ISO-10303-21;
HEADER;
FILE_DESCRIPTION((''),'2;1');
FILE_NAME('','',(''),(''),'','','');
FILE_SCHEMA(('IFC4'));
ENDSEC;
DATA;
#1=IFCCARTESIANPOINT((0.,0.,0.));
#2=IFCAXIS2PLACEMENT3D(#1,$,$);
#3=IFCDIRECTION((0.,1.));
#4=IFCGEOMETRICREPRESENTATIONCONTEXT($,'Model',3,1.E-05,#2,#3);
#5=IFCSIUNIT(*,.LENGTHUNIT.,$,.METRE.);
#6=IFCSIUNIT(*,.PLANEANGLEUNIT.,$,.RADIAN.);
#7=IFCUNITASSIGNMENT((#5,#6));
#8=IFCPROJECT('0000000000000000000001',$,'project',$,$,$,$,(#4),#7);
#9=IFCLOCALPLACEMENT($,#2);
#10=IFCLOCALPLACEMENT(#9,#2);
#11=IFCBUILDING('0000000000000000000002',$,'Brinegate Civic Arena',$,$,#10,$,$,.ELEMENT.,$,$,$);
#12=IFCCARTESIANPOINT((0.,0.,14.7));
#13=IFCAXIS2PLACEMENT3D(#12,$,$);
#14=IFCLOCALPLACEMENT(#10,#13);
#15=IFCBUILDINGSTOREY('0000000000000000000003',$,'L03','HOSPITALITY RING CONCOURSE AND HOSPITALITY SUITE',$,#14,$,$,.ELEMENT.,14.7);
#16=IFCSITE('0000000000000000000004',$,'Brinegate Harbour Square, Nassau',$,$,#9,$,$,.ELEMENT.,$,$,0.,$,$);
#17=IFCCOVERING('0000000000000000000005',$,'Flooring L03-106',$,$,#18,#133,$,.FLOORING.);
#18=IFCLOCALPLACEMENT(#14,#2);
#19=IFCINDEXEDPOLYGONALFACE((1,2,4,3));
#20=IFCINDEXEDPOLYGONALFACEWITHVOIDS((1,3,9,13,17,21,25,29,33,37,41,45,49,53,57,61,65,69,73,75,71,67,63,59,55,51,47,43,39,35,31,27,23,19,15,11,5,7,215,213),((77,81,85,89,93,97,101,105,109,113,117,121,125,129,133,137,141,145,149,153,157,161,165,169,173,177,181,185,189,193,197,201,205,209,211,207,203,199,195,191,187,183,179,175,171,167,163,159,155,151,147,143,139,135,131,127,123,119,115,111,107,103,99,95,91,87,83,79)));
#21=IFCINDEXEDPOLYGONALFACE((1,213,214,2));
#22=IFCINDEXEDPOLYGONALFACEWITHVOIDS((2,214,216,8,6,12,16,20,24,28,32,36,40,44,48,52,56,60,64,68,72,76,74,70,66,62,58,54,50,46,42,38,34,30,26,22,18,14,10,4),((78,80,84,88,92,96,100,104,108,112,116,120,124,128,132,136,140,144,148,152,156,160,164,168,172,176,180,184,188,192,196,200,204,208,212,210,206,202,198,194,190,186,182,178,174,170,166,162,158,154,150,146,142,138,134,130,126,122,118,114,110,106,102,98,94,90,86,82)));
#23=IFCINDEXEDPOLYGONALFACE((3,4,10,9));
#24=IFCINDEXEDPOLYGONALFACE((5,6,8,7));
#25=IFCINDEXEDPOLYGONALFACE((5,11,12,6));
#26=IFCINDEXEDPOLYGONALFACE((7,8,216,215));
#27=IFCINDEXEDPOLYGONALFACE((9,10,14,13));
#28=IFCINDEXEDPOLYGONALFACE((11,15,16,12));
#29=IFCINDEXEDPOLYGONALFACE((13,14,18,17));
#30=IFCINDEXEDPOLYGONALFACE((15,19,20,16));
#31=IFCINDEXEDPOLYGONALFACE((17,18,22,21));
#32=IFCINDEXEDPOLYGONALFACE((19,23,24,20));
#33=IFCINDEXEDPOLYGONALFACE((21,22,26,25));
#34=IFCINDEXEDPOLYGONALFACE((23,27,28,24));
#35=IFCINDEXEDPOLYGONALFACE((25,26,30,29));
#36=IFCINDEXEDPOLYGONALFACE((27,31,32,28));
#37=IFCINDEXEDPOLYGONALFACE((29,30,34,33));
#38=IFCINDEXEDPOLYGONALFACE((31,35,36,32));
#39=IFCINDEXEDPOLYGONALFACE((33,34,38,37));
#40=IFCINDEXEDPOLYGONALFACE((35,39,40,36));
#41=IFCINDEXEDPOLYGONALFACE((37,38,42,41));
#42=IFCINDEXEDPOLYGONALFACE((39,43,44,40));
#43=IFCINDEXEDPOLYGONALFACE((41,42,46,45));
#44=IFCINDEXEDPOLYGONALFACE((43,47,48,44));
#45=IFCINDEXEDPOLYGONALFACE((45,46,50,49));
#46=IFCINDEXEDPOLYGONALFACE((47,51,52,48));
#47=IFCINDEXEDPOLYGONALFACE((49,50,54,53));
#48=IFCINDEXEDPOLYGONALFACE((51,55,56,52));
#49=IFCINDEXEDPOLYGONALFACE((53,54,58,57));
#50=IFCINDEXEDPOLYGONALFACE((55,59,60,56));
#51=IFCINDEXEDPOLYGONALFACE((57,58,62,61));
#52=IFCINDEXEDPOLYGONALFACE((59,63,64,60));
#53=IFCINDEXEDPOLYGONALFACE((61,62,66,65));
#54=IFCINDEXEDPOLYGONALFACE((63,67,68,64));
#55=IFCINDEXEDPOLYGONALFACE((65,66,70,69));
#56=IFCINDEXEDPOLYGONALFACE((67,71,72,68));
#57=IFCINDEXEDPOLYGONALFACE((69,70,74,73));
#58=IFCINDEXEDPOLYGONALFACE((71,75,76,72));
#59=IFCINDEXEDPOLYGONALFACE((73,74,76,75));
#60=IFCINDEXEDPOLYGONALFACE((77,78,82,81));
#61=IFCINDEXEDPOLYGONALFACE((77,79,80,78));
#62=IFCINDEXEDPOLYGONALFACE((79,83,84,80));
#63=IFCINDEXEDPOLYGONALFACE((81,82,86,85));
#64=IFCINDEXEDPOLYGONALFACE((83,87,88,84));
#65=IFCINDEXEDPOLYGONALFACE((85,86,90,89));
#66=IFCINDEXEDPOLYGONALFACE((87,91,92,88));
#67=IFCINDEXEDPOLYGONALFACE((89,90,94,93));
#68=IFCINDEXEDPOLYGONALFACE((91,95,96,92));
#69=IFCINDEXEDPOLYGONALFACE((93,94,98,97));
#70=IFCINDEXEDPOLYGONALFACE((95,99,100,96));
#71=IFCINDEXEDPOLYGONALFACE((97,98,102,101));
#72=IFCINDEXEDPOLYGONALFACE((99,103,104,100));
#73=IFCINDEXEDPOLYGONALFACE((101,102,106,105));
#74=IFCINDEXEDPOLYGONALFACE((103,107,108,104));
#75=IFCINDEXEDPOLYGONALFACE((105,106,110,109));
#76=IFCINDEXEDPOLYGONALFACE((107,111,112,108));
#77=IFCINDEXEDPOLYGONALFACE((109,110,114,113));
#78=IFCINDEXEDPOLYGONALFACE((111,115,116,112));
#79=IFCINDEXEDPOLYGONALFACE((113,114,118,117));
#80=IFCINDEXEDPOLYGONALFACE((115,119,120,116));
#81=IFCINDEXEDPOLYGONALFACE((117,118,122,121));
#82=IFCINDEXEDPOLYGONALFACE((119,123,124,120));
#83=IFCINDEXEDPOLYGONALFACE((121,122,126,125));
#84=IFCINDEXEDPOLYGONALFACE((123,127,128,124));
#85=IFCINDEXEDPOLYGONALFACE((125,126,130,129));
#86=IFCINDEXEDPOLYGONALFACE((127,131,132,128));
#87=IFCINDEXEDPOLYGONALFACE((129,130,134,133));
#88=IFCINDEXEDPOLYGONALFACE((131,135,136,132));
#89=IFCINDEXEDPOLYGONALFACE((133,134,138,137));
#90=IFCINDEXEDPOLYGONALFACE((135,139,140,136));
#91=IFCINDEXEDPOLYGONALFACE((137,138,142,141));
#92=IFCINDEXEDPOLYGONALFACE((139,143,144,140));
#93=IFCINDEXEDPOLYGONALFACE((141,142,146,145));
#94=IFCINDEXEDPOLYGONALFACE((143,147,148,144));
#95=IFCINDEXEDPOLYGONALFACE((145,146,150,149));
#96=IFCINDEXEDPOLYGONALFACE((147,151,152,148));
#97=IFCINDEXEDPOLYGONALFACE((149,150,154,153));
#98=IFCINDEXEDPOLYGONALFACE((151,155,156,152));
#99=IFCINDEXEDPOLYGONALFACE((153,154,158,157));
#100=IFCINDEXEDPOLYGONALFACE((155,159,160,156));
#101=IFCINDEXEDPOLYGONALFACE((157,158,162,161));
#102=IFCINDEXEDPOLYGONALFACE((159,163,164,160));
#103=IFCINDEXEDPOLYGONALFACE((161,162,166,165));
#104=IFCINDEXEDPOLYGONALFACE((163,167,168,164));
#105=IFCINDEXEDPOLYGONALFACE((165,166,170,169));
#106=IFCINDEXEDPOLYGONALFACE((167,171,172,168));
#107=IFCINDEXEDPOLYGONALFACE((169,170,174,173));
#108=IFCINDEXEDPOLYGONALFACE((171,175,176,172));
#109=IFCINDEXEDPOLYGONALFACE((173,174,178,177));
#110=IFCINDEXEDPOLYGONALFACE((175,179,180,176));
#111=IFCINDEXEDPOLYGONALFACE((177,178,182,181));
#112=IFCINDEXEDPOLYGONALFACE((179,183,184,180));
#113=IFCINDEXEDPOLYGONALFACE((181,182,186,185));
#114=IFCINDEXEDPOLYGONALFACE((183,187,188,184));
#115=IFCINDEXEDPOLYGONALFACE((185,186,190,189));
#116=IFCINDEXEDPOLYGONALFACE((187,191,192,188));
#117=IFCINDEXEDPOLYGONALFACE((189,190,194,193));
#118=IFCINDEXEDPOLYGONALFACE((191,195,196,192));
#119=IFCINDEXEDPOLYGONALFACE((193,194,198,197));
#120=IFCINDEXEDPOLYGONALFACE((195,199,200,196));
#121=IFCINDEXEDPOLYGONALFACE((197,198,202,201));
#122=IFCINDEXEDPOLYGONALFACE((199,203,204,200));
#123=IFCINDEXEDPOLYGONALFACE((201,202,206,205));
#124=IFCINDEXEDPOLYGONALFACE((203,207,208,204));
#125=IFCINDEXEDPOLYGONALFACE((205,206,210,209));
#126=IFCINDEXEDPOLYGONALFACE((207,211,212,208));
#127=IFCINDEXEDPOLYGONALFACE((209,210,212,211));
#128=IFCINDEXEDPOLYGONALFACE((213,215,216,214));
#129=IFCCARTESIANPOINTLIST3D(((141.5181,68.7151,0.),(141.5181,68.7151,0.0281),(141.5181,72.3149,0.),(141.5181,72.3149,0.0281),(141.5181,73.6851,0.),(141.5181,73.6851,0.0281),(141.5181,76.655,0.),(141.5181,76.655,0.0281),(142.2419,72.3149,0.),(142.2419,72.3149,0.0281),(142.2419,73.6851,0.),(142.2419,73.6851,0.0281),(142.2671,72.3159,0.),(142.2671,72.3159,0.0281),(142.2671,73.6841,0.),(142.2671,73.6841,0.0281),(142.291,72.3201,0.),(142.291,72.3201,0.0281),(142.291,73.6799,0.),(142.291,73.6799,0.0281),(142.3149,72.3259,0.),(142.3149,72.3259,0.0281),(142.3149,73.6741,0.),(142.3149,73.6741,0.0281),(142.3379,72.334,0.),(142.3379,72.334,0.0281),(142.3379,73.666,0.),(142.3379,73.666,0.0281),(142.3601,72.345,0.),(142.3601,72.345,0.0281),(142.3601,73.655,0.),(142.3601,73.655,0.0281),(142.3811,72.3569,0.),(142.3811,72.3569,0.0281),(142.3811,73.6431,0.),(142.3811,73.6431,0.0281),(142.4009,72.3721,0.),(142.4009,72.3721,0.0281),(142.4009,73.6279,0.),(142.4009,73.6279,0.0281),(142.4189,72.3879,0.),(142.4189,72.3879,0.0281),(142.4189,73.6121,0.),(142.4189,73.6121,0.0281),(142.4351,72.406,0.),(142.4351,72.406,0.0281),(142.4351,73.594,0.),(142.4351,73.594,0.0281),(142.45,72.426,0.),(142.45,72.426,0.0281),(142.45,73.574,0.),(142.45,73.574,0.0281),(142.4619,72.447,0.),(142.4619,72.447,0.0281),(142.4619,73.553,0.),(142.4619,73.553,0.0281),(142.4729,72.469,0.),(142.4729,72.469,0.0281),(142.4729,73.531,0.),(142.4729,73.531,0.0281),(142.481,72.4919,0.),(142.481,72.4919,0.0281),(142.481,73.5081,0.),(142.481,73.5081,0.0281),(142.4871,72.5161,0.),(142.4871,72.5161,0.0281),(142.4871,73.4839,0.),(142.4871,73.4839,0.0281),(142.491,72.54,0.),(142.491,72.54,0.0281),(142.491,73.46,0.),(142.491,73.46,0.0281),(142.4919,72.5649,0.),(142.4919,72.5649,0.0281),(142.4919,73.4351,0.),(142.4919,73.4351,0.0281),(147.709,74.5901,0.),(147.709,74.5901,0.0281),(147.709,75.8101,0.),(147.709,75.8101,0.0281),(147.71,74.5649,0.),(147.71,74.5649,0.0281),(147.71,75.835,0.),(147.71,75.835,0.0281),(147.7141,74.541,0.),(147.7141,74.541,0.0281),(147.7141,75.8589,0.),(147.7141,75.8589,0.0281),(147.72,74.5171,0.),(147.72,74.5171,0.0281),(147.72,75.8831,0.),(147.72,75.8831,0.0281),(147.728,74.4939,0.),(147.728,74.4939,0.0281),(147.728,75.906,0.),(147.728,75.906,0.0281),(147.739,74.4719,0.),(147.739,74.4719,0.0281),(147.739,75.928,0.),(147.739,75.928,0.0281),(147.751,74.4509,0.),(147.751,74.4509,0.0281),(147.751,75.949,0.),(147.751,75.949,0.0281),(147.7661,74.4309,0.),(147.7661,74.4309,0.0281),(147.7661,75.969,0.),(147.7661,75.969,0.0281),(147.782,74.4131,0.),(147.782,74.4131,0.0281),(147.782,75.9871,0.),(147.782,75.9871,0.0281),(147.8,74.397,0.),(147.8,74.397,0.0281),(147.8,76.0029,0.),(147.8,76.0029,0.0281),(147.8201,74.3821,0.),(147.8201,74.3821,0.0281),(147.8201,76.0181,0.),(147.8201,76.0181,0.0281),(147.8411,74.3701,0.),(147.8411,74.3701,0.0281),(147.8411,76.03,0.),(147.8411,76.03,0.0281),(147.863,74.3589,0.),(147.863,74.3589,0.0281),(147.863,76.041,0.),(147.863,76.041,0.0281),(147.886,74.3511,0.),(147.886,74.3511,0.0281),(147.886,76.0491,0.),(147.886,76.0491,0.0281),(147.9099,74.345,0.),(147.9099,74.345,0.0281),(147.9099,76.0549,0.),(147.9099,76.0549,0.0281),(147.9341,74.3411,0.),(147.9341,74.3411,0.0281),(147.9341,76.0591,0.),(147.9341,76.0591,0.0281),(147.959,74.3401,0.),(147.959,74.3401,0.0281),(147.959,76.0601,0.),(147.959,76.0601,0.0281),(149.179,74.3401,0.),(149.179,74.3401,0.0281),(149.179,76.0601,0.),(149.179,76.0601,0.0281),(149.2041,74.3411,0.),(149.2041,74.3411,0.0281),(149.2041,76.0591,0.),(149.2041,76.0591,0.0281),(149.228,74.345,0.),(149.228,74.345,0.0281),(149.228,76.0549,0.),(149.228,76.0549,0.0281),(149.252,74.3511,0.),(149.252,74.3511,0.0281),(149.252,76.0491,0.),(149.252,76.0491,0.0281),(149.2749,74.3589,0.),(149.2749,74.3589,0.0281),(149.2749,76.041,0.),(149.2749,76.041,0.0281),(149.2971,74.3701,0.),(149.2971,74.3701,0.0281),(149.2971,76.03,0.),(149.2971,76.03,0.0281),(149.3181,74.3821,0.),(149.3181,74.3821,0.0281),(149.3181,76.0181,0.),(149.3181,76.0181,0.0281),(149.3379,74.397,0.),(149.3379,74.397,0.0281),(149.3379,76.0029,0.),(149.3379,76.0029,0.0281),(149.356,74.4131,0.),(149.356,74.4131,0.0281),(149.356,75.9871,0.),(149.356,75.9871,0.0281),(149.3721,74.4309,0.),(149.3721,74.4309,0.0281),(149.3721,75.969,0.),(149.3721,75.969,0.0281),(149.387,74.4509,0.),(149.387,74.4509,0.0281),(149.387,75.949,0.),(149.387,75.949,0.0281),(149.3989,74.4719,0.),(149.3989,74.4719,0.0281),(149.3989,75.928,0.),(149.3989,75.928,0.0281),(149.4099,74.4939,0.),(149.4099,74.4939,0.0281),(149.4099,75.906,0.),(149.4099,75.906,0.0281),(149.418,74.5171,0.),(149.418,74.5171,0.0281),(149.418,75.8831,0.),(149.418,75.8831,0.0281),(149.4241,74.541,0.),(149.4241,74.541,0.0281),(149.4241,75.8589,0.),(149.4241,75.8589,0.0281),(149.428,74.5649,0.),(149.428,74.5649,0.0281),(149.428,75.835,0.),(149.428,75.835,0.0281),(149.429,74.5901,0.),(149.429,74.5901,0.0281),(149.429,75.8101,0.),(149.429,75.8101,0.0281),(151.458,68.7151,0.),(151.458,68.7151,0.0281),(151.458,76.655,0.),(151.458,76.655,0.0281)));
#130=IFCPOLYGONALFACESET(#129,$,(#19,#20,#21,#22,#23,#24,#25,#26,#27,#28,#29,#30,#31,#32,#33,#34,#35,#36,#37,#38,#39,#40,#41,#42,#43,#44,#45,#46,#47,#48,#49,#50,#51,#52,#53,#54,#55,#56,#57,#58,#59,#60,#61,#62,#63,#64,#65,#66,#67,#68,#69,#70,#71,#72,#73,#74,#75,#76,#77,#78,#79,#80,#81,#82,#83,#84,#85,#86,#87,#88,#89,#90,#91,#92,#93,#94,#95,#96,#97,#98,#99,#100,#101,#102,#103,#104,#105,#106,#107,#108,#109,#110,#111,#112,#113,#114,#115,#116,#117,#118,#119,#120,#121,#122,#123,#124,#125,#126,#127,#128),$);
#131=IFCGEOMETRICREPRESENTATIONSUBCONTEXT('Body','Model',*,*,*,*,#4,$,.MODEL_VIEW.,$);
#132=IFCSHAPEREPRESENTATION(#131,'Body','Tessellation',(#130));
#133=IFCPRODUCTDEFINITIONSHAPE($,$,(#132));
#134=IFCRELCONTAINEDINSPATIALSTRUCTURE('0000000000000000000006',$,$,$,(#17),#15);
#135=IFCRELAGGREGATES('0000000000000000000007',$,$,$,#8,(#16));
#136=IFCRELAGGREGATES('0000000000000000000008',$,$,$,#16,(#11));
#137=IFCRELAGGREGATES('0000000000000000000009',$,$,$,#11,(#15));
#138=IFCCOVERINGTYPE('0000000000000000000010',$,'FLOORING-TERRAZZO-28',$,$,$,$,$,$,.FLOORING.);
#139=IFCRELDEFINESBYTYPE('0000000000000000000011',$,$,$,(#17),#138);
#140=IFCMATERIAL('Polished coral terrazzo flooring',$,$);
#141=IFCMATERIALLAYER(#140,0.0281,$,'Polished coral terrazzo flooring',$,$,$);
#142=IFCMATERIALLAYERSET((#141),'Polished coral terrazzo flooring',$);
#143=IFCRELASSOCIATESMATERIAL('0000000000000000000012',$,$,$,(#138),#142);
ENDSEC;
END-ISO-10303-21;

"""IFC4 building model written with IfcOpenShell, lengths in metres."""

from ifc_helpers import new_model, si_unit, direction, frame, origin, place, context, subcontext, project, spatial, polyline, outline, extrude, material, layer, layer_set, type_object, element, save


model = new_model("IFC4")

# Units and contexts
model_context = context("Model", 3, precision=1e-05, world=origin(), true_north=direction((0.0, 1.0)))
body_context = subcontext(model_context, "Body", "Model", "MODEL_VIEW")
ifc_project = project(units=[si_unit("LENGTHUNIT", "METRE"), si_unit("PLANEANGLEUNIT", "RADIAN")], contexts=[model_context])

# Site, building, storey
site_placement = place(None, origin())
site = spatial("IfcSite", under=ifc_project, at=site_placement, Name="Brinegate Harbour Square, Nassau", CompositionType="ELEMENT", RefElevation=0.0)
building_placement = place(site_placement, origin())
building = spatial("IfcBuilding", under=site, at=building_placement, Name="Brinegate Civic Arena", CompositionType="ELEMENT")
storey_placement = place(building_placement, frame((0.0, 0.0, 14.7)))
storey = spatial("IfcBuildingStorey", under=building, at=storey_placement, Name="L03", Description="HOSPITALITY RING CONCOURSE AND HOSPITALITY SUITE", CompositionType="ELEMENT", Elevation=14.7)

# Covering
ifc_material_1 = material(Name="Polished coral terrazzo flooring")
ifc_layer_1 = layer(ifc_material_1, 0.0281, Name="Polished coral terrazzo flooring")
ifc_layer_set_1 = layer_set([ifc_layer_1], Name="Polished coral terrazzo flooring")
covering_type_1 = type_object("IfcCoveringType", Name="FLOORING-TERRAZZO-28", PredefinedType="FLOORING", material=ifc_layer_set_1)
covering_1_placement = place(storey_placement, origin())
element("IfcCovering", 1, at=covering_1_placement, inside=storey, type_object=covering_type_1, Name="Flooring L03-106", PredefinedType="FLOORING", context=body_context, shape_type="SweptSolid", body=[
    extrude(outline(polyline([(141.5181, 76.655), (151.458, 76.655), (151.458, 68.7151), (141.5181, 68.7151), (141.5181, 72.3149), (142.2419, 72.3149), (142.2671, 72.3159), (142.291, 72.3201), (142.3149, 72.3259), (142.3379, 72.334), (142.3601, 72.345), (142.3811, 72.3569), (142.4009, 72.3721), (142.4189, 72.3879), (142.4351, 72.406), (142.45, 72.426), (142.4619, 72.447), (142.4729, 72.469), (142.481, 72.4919), (142.4871, 72.5161), (142.491, 72.54), (142.4919, 72.5649), (142.4919, 73.4351), (142.491, 73.46), (142.4871, 73.4839), (142.481, 73.5081), (142.4729, 73.531), (142.4619, 73.553), (142.45, 73.574), (142.4351, 73.594), (142.4189, 73.6121), (142.4009, 73.6279), (142.3811, 73.6431), (142.3601, 73.655), (142.3379, 73.666), (142.3149, 73.6741), (142.291, 73.6799), (142.2671, 73.6841), (142.2419, 73.6851), (141.5181, 73.6851), (141.5181, 76.655)]), holes=[polyline([(147.959, 76.0601), (147.9341, 76.0591), (147.9099, 76.0549), (147.886, 76.0491), (147.863, 76.041), (147.8411, 76.03), (147.8201, 76.0181), (147.8, 76.0029), (147.782, 75.9871), (147.7661, 75.969), (147.751, 75.949), (147.739, 75.928), (147.728, 75.906), (147.72, 75.8831), (147.7141, 75.8589), (147.71, 75.835), (147.709, 75.8101), (147.709, 74.5901), (147.71, 74.5649), (147.7141, 74.541), (147.72, 74.5171), (147.728, 74.4939), (147.739, 74.4719), (147.751, 74.4509), (147.7661, 74.4309), (147.782, 74.4131), (147.8, 74.397), (147.8201, 74.3821), (147.8411, 74.3701), (147.863, 74.3589), (147.886, 74.3511), (147.9099, 74.345), (147.9341, 74.3411), (147.959, 74.3401), (149.179, 74.3401), (149.2041, 74.3411), (149.228, 74.345), (149.252, 74.3511), (149.2749, 74.3589), (149.2971, 74.3701), (149.3181, 74.3821), (149.3379, 74.397), (149.356, 74.4131), (149.3721, 74.4309), (149.387, 74.4509), (149.3989, 74.4719), (149.4099, 74.4939), (149.418, 74.5171), (149.4241, 74.541), (149.428, 74.5649), (149.429, 74.5901), (149.429, 75.8101), (149.428, 75.835), (149.4241, 75.8589), (149.418, 75.8831), (149.4099, 75.906), (149.3989, 75.928), (149.387, 75.949), (149.3721, 75.969), (149.356, 75.9871), (149.3379, 76.0029), (149.3181, 76.0181), (149.2971, 76.03), (149.2749, 76.041), (149.252, 76.0491), (149.228, 76.0549), (149.2041, 76.0591), (149.179, 76.0601), (147.959, 76.0601)])]), origin(), (0.0, 0.0, 1.0), 0.0281),
])

save(model, "model.ifc")
